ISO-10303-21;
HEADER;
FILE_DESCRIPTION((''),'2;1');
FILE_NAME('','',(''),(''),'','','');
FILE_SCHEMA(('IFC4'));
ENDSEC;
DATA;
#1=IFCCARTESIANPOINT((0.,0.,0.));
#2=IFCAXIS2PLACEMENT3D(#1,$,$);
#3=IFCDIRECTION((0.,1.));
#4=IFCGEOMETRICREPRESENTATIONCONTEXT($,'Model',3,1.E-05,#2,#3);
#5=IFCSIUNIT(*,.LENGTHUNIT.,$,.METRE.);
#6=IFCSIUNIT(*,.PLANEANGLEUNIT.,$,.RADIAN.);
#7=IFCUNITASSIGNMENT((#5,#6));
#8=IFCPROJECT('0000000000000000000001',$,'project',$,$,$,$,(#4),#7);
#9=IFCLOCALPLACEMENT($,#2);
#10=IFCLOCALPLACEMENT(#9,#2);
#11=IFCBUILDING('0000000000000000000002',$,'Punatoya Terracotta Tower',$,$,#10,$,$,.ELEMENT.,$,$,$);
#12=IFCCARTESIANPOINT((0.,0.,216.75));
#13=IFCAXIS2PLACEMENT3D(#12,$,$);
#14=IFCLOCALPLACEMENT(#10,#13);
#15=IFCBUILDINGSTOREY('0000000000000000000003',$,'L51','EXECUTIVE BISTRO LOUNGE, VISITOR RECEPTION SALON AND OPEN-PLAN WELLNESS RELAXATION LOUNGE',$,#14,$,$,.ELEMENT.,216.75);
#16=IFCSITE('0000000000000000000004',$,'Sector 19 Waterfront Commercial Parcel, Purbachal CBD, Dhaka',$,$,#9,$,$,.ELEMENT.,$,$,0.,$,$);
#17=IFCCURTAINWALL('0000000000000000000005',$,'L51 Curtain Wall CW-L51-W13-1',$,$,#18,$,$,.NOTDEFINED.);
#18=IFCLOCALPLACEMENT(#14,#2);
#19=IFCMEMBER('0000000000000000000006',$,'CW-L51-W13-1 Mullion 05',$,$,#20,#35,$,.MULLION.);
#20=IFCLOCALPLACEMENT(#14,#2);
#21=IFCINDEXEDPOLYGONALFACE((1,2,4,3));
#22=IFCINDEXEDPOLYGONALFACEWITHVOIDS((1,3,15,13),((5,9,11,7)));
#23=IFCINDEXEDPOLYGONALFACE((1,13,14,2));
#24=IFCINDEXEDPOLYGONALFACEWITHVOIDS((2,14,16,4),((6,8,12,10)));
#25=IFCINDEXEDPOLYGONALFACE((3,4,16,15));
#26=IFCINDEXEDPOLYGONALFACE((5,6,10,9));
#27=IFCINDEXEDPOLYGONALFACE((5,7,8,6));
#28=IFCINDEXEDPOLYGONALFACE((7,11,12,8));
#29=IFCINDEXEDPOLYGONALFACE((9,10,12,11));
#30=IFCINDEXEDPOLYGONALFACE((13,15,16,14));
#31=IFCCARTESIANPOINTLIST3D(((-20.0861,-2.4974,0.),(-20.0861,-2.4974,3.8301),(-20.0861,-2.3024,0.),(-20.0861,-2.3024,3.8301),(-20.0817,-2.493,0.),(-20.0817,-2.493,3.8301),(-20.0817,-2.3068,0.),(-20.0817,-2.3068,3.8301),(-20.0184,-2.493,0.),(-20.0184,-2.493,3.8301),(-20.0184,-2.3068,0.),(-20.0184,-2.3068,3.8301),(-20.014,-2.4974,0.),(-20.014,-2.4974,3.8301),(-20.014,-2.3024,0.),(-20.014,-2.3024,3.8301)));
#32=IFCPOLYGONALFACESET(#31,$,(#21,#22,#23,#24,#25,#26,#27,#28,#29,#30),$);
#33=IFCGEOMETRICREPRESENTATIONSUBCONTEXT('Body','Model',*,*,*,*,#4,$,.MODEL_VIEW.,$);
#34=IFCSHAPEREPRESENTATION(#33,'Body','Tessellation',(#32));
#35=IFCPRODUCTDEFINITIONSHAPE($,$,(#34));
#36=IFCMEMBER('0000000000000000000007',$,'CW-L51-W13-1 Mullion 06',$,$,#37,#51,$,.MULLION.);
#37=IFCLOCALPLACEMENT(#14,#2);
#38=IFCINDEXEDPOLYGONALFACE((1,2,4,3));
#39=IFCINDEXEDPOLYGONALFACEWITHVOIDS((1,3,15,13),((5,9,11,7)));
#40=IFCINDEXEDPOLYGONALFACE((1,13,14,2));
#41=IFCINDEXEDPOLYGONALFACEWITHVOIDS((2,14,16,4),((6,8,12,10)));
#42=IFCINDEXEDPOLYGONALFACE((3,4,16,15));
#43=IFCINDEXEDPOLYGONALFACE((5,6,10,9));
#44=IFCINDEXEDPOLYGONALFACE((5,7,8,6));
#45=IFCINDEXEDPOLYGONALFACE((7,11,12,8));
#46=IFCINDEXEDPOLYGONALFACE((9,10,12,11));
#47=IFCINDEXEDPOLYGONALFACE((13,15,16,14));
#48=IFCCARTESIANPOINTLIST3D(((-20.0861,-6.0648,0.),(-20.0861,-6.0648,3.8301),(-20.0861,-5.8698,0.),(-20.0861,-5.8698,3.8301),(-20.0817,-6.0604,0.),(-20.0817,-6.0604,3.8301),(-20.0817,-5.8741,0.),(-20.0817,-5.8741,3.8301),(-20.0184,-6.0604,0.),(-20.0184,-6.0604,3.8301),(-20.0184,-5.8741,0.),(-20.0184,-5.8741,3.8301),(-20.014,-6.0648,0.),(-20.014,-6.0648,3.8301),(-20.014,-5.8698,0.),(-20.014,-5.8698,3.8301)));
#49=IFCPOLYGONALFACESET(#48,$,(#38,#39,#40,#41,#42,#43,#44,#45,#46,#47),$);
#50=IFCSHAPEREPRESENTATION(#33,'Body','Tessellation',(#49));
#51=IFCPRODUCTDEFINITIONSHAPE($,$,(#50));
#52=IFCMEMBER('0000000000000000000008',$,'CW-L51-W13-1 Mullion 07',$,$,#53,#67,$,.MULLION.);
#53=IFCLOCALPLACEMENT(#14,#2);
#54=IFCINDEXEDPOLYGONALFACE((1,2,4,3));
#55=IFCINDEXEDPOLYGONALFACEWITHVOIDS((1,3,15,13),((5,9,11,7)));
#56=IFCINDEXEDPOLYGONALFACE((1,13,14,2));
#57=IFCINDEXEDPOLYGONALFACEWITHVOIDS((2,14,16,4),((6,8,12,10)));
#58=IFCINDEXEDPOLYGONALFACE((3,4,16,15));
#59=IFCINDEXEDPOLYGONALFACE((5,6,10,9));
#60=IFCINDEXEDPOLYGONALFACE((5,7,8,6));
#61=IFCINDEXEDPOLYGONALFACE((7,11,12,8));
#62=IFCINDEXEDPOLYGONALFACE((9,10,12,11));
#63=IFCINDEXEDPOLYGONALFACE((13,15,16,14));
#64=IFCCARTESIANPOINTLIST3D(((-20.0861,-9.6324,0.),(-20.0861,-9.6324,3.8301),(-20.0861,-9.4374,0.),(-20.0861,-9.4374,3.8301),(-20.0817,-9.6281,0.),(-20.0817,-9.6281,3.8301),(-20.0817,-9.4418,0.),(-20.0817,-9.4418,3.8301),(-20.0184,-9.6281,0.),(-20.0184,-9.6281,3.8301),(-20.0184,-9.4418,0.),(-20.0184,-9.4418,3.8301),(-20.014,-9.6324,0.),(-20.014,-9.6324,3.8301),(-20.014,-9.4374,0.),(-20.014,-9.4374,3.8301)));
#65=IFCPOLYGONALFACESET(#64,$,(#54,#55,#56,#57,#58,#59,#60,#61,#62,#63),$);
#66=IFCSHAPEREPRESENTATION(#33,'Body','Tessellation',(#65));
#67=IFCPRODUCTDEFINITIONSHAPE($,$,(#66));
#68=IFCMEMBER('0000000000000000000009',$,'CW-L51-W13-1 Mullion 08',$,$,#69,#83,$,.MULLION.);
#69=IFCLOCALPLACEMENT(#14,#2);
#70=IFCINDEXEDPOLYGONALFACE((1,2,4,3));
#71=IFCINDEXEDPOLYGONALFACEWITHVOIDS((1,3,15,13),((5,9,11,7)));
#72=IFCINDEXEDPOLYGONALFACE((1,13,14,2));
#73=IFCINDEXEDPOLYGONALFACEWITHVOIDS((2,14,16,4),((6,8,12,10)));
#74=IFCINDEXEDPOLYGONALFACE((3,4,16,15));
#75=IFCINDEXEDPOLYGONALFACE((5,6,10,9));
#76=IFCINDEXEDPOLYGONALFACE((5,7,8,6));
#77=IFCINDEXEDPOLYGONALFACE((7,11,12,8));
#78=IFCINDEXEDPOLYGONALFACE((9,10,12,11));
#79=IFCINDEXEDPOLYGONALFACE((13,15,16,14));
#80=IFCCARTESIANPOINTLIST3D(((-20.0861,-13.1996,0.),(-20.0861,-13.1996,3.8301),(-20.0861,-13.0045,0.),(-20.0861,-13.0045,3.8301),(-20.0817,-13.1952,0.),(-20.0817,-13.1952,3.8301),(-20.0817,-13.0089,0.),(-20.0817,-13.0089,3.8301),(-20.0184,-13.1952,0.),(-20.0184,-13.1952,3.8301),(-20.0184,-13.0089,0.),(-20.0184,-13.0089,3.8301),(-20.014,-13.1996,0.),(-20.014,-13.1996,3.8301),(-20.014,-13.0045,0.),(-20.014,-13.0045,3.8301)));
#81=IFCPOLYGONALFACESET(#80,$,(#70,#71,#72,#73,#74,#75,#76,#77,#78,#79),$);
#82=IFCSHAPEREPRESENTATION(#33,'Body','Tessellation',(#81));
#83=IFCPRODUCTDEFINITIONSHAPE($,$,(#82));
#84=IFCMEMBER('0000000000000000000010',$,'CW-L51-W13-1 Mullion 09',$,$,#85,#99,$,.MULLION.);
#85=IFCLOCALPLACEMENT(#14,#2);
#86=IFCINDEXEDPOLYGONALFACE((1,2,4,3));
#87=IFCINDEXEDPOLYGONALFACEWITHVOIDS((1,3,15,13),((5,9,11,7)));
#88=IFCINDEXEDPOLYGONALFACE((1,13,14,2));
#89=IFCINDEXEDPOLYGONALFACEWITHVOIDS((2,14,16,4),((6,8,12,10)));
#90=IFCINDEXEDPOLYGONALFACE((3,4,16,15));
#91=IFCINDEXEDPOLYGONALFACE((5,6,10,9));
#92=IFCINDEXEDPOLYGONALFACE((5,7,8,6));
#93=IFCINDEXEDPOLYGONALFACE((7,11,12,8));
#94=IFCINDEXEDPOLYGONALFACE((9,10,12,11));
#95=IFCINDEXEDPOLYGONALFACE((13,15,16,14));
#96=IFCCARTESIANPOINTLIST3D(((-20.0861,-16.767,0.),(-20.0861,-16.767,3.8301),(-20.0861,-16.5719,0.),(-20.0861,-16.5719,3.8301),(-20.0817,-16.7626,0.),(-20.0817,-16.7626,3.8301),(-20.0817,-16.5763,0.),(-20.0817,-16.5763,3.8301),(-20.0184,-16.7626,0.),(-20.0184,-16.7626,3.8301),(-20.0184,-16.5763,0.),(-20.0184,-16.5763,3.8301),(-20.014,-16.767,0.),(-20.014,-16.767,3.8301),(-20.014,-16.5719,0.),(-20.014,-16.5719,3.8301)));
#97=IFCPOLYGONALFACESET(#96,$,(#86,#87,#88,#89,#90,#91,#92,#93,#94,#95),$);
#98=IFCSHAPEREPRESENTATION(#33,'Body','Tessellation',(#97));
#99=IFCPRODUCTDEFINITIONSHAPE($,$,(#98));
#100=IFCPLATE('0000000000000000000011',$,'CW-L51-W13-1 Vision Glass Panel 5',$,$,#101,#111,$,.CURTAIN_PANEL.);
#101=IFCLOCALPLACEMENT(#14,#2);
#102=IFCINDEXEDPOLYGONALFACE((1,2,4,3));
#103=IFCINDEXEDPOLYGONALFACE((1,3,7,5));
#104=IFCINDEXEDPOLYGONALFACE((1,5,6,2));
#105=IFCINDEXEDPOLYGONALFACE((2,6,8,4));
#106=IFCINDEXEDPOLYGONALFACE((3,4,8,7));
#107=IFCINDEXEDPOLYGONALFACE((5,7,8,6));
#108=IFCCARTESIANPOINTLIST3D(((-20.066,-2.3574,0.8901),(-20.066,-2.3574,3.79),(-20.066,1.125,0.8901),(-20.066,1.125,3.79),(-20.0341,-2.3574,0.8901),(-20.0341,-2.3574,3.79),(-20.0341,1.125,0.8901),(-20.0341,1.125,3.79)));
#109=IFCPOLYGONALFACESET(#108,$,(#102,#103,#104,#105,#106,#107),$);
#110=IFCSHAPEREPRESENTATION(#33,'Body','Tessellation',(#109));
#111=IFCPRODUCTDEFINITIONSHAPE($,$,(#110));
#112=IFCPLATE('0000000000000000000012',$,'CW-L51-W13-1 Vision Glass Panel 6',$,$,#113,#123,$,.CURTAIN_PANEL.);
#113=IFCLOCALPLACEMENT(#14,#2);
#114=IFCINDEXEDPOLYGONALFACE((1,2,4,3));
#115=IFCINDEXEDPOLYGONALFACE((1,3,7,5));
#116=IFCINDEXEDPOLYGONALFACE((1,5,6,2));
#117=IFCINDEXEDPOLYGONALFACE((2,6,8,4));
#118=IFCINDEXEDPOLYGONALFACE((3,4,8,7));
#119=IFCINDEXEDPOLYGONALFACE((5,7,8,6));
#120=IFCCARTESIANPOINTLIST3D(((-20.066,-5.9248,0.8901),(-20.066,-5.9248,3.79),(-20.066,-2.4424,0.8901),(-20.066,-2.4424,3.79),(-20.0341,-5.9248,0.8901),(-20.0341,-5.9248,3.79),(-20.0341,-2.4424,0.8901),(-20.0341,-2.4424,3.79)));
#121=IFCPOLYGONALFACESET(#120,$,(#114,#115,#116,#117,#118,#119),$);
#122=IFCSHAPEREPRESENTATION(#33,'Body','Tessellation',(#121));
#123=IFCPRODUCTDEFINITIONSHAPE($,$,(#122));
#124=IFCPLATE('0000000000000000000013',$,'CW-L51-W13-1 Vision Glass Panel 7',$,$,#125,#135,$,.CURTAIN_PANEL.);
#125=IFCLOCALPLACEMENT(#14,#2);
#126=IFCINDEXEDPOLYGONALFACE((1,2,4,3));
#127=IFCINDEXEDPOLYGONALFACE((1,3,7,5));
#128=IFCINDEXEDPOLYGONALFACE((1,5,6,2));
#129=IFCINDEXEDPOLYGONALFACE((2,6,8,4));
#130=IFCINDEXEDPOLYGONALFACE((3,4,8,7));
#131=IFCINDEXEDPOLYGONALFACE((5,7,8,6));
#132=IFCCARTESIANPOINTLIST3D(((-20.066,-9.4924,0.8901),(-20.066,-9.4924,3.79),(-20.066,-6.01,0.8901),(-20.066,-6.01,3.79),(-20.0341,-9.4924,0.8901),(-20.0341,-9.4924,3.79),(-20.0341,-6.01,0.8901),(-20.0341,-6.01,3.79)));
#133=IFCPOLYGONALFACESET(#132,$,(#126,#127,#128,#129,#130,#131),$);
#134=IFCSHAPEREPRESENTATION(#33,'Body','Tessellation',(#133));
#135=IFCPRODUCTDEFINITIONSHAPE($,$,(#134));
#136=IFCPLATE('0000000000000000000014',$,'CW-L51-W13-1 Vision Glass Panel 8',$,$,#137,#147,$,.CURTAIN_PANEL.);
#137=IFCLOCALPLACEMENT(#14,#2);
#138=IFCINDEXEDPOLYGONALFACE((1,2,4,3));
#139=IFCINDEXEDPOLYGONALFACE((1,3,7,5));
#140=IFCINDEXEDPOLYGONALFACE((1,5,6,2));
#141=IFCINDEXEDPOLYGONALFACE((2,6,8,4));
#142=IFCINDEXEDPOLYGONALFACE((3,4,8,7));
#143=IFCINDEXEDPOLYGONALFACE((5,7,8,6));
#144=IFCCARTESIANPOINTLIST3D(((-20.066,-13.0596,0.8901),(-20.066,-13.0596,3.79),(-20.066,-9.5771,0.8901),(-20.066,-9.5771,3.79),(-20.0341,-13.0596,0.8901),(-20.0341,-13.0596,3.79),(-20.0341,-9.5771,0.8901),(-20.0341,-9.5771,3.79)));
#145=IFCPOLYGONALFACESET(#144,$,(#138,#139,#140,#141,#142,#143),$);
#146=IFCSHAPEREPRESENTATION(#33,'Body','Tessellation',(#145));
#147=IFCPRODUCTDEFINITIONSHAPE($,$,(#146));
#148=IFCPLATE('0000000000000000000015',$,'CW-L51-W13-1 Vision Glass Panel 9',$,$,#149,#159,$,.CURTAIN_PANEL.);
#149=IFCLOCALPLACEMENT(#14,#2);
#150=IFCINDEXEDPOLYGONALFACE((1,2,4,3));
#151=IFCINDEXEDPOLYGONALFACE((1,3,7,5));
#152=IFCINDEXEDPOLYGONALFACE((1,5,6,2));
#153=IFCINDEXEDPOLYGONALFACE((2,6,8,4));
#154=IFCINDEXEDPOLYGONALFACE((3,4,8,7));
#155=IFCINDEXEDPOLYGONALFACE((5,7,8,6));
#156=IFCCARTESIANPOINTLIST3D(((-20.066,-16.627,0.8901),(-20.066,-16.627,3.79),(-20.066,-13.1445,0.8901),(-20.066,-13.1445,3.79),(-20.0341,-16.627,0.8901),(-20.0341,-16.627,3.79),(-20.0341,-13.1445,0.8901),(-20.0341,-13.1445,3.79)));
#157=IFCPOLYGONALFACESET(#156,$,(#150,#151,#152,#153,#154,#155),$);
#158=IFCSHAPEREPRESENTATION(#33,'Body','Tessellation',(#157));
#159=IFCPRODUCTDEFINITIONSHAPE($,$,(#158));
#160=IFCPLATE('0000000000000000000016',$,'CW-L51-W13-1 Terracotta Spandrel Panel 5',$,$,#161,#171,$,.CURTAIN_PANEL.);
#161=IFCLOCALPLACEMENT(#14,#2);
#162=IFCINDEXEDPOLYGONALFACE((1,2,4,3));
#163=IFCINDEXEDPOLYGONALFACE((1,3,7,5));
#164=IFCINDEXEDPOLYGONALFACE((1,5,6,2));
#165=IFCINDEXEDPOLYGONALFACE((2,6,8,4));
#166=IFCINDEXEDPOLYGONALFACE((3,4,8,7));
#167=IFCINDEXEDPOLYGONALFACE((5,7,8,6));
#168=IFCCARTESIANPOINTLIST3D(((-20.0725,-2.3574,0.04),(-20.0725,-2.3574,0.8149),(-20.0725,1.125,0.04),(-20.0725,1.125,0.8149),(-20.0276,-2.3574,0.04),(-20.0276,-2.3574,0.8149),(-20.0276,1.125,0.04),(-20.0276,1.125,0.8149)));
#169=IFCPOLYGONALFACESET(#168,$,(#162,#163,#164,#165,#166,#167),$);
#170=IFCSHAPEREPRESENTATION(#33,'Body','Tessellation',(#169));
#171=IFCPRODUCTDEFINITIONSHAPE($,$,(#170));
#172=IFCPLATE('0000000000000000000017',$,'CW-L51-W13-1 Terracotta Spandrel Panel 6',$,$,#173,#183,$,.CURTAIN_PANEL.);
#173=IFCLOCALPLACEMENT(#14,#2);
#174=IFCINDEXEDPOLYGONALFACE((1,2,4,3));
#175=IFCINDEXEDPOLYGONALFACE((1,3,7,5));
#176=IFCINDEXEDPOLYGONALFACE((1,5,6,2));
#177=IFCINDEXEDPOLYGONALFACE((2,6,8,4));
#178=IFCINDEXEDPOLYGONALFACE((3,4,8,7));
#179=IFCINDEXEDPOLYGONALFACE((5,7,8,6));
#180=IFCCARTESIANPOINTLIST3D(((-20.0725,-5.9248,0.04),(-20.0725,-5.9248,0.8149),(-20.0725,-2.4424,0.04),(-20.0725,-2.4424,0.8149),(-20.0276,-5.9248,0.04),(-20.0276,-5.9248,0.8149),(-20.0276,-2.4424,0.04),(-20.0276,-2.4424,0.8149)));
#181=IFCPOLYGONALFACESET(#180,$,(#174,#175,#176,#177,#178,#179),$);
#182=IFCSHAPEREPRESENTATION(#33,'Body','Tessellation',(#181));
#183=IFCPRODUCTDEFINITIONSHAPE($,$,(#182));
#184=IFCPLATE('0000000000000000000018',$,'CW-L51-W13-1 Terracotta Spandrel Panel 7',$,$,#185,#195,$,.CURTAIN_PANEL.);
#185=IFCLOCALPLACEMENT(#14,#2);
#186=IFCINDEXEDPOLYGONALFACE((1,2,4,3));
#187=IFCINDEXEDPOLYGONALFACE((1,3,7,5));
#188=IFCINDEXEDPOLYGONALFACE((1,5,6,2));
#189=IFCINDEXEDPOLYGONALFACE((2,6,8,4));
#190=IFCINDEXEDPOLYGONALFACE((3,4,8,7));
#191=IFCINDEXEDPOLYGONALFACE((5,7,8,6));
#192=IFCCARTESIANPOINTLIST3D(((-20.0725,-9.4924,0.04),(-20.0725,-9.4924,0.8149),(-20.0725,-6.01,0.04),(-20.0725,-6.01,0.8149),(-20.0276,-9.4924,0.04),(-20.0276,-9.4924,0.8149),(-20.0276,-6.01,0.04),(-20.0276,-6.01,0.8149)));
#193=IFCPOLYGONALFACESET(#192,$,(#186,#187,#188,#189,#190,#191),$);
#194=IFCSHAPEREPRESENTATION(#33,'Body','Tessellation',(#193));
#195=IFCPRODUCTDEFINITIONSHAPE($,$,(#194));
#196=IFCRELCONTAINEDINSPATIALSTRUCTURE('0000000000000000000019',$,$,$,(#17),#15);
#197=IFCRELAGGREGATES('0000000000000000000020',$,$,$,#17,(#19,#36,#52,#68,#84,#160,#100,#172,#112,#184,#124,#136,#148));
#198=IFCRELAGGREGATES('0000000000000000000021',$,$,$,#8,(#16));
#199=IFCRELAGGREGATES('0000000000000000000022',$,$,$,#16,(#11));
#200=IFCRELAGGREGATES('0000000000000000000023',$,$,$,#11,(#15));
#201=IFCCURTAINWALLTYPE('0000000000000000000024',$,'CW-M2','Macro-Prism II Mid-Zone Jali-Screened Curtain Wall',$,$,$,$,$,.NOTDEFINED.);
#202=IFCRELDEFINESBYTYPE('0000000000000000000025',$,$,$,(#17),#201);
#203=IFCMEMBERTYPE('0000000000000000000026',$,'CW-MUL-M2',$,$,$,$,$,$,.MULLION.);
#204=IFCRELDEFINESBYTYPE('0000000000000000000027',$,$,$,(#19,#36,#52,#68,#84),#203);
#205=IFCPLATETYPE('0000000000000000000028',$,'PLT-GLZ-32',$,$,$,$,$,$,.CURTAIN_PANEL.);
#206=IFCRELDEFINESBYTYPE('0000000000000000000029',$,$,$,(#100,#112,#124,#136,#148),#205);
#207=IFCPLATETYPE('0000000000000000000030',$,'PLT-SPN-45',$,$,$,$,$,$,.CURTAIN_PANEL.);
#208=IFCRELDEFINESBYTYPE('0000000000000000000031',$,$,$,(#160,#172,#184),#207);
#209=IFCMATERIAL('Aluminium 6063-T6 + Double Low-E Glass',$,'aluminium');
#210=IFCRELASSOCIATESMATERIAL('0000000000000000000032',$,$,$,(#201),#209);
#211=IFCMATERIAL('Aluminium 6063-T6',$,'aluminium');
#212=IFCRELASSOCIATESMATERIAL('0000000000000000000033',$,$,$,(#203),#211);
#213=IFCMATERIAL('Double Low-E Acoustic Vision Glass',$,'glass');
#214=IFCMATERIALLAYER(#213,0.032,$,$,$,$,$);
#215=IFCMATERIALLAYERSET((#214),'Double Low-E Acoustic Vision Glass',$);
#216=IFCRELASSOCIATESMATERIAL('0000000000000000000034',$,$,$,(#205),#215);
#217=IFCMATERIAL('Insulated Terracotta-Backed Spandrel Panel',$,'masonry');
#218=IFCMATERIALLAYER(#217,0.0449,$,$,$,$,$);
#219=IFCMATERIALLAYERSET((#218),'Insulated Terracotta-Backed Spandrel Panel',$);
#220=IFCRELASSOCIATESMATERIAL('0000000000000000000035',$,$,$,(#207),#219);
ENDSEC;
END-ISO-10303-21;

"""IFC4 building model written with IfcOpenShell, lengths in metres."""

from ifc_helpers import new_model, si_unit, direction, frame, origin, origin_2d, place, context, subcontext, project, spatial, rectangle, hollow_rectangle, extrude, material, layer, layer_set, material_profile, profile_set, type_object, element, aggregate, save


model = new_model("IFC4")

# Units and contexts
model_context = context("Model", 3, precision=1e-05, world=origin(), true_north=direction((0.0, 1.0)))
body_context = subcontext(model_context, "Body", "Model", "MODEL_VIEW")
ifc_project = project(units=[si_unit("LENGTHUNIT", "METRE"), si_unit("PLANEANGLEUNIT", "RADIAN")], contexts=[model_context])

# Site, building, storey
site_placement = place(None, origin())
site = spatial("IfcSite", under=ifc_project, at=site_placement, Name="Sector 19 Waterfront Commercial Parcel, Purbachal CBD, Dhaka", CompositionType="ELEMENT", RefElevation=0.0)
building_placement = place(site_placement, origin())
building = spatial("IfcBuilding", under=site, at=building_placement, Name="Punatoya Terracotta Tower", CompositionType="ELEMENT")
storey_placement = place(building_placement, frame((0.0, 0.0, 216.75)))
storey = spatial("IfcBuildingStorey", under=building, at=storey_placement, Name="L51", Description="EXECUTIVE BISTRO LOUNGE, VISITOR RECEPTION SALON AND OPEN-PLAN WELLNESS RELAXATION LOUNGE", CompositionType="ELEMENT", Elevation=216.75)

# Curtain wall, members, plates
ifc_material_1 = material(Name="Aluminium 6063-T6 + Double Low-E Glass", Category="aluminium")
curtain_wall_type = type_object("IfcCurtainWallType", Name="CW-M2", Description="Macro-Prism II Mid-Zone Jali-Screened Curtain Wall", PredefinedType="NOTDEFINED", material=ifc_material_1)
curtain_wall_placement = place(storey_placement, origin())
curtain_wall = element("IfcCurtainWall", 1, at=curtain_wall_placement, inside=storey, type_object=curtain_wall_type, Name="L51 Curtain Wall CW-L51-W13-1", PredefinedType="NOTDEFINED")
ifc_material_2 = material(Name="Aluminium 6063-T6", Category="aluminium")
ifc_material_profile_1 = material_profile(ifc_material_2, hollow_rectangle(XDim=0.072, YDim=0.1951, WallThickness=0.0044, at=origin_2d()))
ifc_profile_set_1 = profile_set([ifc_material_profile_1], Name="Aluminium 6063-T6")
member_type = type_object("IfcMemberType", Name="CW-MUL-M2", PredefinedType="MULLION", material=ifc_profile_set_1)
member_1_placement = place(storey_placement, frame((-20.05, -2.3999, 0.0), z_axis=(0.0, 0.0, 1.0), x_axis=(1.0, 0.0, 0.0)))
member_1 = element("IfcMember", 2, at=member_1_placement, type_object=member_type, Name="CW-L51-W13-1 Mullion 05", PredefinedType="MULLION", context=body_context, shape_type="SweptSolid", body=[
    extrude(hollow_rectangle(XDim=0.072, YDim=0.1951, WallThickness=0.0044, at=origin_2d()), origin(), (0.0, 0.0, 1.0), 3.8301),
])
member_2_placement = place(storey_placement, frame((-20.05, -5.9673, 0.0), z_axis=(0.0, 0.0, 1.0), x_axis=(1.0, 0.0, 0.0)))
member_2 = element("IfcMember", 3, at=member_2_placement, type_object=member_type, Name="CW-L51-W13-1 Mullion 06", PredefinedType="MULLION", context=body_context, shape_type="SweptSolid", body=[
    extrude(hollow_rectangle(XDim=0.072, YDim=0.1951, WallThickness=0.0044, at=origin_2d()), origin(), (0.0, 0.0, 1.0), 3.8301),
])
member_3_placement = place(storey_placement, frame((-20.05, -9.5349, 0.0), z_axis=(0.0, 0.0, 1.0), x_axis=(1.0, 0.0, 0.0)))
member_3 = element("IfcMember", 4, at=member_3_placement, type_object=member_type, Name="CW-L51-W13-1 Mullion 07", PredefinedType="MULLION", context=body_context, shape_type="SweptSolid", body=[
    extrude(hollow_rectangle(XDim=0.072, YDim=0.1951, WallThickness=0.0044, at=origin_2d()), origin(), (0.0, 0.0, 1.0), 3.8301),
])
member_4_placement = place(storey_placement, frame((-20.05, -13.1021, 0.0), z_axis=(0.0, 0.0, 1.0), x_axis=(1.0, 0.0, 0.0)))
member_4 = element("IfcMember", 5, at=member_4_placement, type_object=member_type, Name="CW-L51-W13-1 Mullion 08", PredefinedType="MULLION", context=body_context, shape_type="SweptSolid", body=[
    extrude(hollow_rectangle(XDim=0.072, YDim=0.1951, WallThickness=0.0044, at=origin_2d()), origin(), (0.0, 0.0, 1.0), 3.8301),
])
member_5_placement = place(storey_placement, frame((-20.05, -16.6694, 0.0), z_axis=(0.0, 0.0, 1.0), x_axis=(1.0, 0.0, 0.0)))
member_5 = element("IfcMember", 6, at=member_5_placement, type_object=member_type, Name="CW-L51-W13-1 Mullion 09", PredefinedType="MULLION", context=body_context, shape_type="SweptSolid", body=[
    extrude(hollow_rectangle(XDim=0.072, YDim=0.1951, WallThickness=0.0044, at=origin_2d()), origin(), (0.0, 0.0, 1.0), 3.8301),
])
ifc_material_3 = material(Name="Double Low-E Acoustic Vision Glass", Category="glass")
ifc_layer_1 = layer(ifc_material_3, 0.032)
ifc_layer_set_1 = layer_set([ifc_layer_1], Name="Double Low-E Acoustic Vision Glass")
plate_type_1 = type_object("IfcPlateType", Name="PLT-GLZ-32", PredefinedType="CURTAIN_PANEL", material=ifc_layer_set_1)
plate_1_placement = place(storey_placement, frame((-20.05, -0.6162, 0.8901), z_axis=(0.0, 0.0, 1.0), x_axis=(0.0, -1.0, 0.0)))
plate_1 = element("IfcPlate", 7, at=plate_1_placement, type_object=plate_type_1, Name="CW-L51-W13-1 Vision Glass Panel 5", PredefinedType="CURTAIN_PANEL", context=body_context, shape_type="SweptSolid", body=[
    extrude(rectangle(XDim=3.4824, YDim=0.032, at=origin_2d()), origin(), (0.0, 0.0, 1.0), 2.8999),
])
plate_2_placement = place(storey_placement, frame((-20.05, -4.1836, 0.8901), z_axis=(0.0, 0.0, 1.0), x_axis=(0.0, -1.0, 0.0)))
plate_2 = element("IfcPlate", 8, at=plate_2_placement, type_object=plate_type_1, Name="CW-L51-W13-1 Vision Glass Panel 6", PredefinedType="CURTAIN_PANEL", context=body_context, shape_type="SweptSolid", body=[
    extrude(rectangle(XDim=3.4824, YDim=0.032, at=origin_2d()), origin(), (0.0, 0.0, 1.0), 2.8999),
])
plate_3_placement = place(storey_placement, frame((-20.05, -7.7512, 0.8901), z_axis=(0.0, 0.0, 1.0), x_axis=(0.0, -1.0, 0.0)))
plate_3 = element("IfcPlate", 9, at=plate_3_placement, type_object=plate_type_1, Name="CW-L51-W13-1 Vision Glass Panel 7", PredefinedType="CURTAIN_PANEL", context=body_context, shape_type="SweptSolid", body=[
    extrude(rectangle(XDim=3.4824, YDim=0.032, at=origin_2d()), origin(), (0.0, 0.0, 1.0), 2.8999),
])
plate_4_placement = place(storey_placement, frame((-20.05, -11.3184, 0.8901), z_axis=(0.0, 0.0, 1.0), x_axis=(0.0, -1.0, 0.0)))
plate_4 = element("IfcPlate", 10, at=plate_4_placement, type_object=plate_type_1, Name="CW-L51-W13-1 Vision Glass Panel 8", PredefinedType="CURTAIN_PANEL", context=body_context, shape_type="SweptSolid", body=[
    extrude(rectangle(XDim=3.4824, YDim=0.032, at=origin_2d()), origin(), (0.0, 0.0, 1.0), 2.8999),
])
plate_5_placement = place(storey_placement, frame((-20.05, -14.8857, 0.8901), z_axis=(0.0, 0.0, 1.0), x_axis=(0.0, -1.0, 0.0)))
plate_5 = element("IfcPlate", 11, at=plate_5_placement, type_object=plate_type_1, Name="CW-L51-W13-1 Vision Glass Panel 9", PredefinedType="CURTAIN_PANEL", context=body_context, shape_type="SweptSolid", body=[
    extrude(rectangle(XDim=3.4824, YDim=0.032, at=origin_2d()), origin(), (0.0, 0.0, 1.0), 2.8999),
])
ifc_material_4 = material(Name="Insulated Terracotta-Backed Spandrel Panel", Category="masonry")
ifc_layer_2 = layer(ifc_material_4, 0.0449)
ifc_layer_set_2 = layer_set([ifc_layer_2], Name="Insulated Terracotta-Backed Spandrel Panel")
plate_type_2 = type_object("IfcPlateType", Name="PLT-SPN-45", PredefinedType="CURTAIN_PANEL", material=ifc_layer_set_2)
plate_6_placement = place(storey_placement, frame((-20.05, -0.6162, 0.04), z_axis=(0.0, 0.0, 1.0), x_axis=(0.0, -1.0, 0.0)))
plate_6 = element("IfcPlate", 12, at=plate_6_placement, type_object=plate_type_2, Name="CW-L51-W13-1 Terracotta Spandrel Panel 5", PredefinedType="CURTAIN_PANEL", context=body_context, shape_type="SweptSolid", body=[
    extrude(rectangle(XDim=3.4824, YDim=0.0449, at=origin_2d()), origin(), (0.0, 0.0, 1.0), 0.7749),
])
plate_7_placement = place(storey_placement, frame((-20.05, -4.1836, 0.04), z_axis=(0.0, 0.0, 1.0), x_axis=(0.0, -1.0, 0.0)))
plate_7 = element("IfcPlate", 13, at=plate_7_placement, type_object=plate_type_2, Name="CW-L51-W13-1 Terracotta Spandrel Panel 6", PredefinedType="CURTAIN_PANEL", context=body_context, shape_type="SweptSolid", body=[
    extrude(rectangle(XDim=3.4824, YDim=0.0449, at=origin_2d()), origin(), (0.0, 0.0, 1.0), 0.7749),
])
plate_8_placement = place(storey_placement, frame((-20.05, -7.7512, 0.04), z_axis=(0.0, 0.0, 1.0), x_axis=(0.0, -1.0, 0.0)))
plate_8 = element("IfcPlate", 14, at=plate_8_placement, type_object=plate_type_2, Name="CW-L51-W13-1 Terracotta Spandrel Panel 7", PredefinedType="CURTAIN_PANEL", context=body_context, shape_type="SweptSolid", body=[
    extrude(rectangle(XDim=3.4824, YDim=0.0449, at=origin_2d()), origin(), (0.0, 0.0, 1.0), 0.7749),
])
aggregate(curtain_wall, [member_1, member_2, member_3, member_4, member_5, plate_6, plate_1, plate_7, plate_2, plate_8, plate_3, plate_4, plate_5])

save(model, "model.ifc")
